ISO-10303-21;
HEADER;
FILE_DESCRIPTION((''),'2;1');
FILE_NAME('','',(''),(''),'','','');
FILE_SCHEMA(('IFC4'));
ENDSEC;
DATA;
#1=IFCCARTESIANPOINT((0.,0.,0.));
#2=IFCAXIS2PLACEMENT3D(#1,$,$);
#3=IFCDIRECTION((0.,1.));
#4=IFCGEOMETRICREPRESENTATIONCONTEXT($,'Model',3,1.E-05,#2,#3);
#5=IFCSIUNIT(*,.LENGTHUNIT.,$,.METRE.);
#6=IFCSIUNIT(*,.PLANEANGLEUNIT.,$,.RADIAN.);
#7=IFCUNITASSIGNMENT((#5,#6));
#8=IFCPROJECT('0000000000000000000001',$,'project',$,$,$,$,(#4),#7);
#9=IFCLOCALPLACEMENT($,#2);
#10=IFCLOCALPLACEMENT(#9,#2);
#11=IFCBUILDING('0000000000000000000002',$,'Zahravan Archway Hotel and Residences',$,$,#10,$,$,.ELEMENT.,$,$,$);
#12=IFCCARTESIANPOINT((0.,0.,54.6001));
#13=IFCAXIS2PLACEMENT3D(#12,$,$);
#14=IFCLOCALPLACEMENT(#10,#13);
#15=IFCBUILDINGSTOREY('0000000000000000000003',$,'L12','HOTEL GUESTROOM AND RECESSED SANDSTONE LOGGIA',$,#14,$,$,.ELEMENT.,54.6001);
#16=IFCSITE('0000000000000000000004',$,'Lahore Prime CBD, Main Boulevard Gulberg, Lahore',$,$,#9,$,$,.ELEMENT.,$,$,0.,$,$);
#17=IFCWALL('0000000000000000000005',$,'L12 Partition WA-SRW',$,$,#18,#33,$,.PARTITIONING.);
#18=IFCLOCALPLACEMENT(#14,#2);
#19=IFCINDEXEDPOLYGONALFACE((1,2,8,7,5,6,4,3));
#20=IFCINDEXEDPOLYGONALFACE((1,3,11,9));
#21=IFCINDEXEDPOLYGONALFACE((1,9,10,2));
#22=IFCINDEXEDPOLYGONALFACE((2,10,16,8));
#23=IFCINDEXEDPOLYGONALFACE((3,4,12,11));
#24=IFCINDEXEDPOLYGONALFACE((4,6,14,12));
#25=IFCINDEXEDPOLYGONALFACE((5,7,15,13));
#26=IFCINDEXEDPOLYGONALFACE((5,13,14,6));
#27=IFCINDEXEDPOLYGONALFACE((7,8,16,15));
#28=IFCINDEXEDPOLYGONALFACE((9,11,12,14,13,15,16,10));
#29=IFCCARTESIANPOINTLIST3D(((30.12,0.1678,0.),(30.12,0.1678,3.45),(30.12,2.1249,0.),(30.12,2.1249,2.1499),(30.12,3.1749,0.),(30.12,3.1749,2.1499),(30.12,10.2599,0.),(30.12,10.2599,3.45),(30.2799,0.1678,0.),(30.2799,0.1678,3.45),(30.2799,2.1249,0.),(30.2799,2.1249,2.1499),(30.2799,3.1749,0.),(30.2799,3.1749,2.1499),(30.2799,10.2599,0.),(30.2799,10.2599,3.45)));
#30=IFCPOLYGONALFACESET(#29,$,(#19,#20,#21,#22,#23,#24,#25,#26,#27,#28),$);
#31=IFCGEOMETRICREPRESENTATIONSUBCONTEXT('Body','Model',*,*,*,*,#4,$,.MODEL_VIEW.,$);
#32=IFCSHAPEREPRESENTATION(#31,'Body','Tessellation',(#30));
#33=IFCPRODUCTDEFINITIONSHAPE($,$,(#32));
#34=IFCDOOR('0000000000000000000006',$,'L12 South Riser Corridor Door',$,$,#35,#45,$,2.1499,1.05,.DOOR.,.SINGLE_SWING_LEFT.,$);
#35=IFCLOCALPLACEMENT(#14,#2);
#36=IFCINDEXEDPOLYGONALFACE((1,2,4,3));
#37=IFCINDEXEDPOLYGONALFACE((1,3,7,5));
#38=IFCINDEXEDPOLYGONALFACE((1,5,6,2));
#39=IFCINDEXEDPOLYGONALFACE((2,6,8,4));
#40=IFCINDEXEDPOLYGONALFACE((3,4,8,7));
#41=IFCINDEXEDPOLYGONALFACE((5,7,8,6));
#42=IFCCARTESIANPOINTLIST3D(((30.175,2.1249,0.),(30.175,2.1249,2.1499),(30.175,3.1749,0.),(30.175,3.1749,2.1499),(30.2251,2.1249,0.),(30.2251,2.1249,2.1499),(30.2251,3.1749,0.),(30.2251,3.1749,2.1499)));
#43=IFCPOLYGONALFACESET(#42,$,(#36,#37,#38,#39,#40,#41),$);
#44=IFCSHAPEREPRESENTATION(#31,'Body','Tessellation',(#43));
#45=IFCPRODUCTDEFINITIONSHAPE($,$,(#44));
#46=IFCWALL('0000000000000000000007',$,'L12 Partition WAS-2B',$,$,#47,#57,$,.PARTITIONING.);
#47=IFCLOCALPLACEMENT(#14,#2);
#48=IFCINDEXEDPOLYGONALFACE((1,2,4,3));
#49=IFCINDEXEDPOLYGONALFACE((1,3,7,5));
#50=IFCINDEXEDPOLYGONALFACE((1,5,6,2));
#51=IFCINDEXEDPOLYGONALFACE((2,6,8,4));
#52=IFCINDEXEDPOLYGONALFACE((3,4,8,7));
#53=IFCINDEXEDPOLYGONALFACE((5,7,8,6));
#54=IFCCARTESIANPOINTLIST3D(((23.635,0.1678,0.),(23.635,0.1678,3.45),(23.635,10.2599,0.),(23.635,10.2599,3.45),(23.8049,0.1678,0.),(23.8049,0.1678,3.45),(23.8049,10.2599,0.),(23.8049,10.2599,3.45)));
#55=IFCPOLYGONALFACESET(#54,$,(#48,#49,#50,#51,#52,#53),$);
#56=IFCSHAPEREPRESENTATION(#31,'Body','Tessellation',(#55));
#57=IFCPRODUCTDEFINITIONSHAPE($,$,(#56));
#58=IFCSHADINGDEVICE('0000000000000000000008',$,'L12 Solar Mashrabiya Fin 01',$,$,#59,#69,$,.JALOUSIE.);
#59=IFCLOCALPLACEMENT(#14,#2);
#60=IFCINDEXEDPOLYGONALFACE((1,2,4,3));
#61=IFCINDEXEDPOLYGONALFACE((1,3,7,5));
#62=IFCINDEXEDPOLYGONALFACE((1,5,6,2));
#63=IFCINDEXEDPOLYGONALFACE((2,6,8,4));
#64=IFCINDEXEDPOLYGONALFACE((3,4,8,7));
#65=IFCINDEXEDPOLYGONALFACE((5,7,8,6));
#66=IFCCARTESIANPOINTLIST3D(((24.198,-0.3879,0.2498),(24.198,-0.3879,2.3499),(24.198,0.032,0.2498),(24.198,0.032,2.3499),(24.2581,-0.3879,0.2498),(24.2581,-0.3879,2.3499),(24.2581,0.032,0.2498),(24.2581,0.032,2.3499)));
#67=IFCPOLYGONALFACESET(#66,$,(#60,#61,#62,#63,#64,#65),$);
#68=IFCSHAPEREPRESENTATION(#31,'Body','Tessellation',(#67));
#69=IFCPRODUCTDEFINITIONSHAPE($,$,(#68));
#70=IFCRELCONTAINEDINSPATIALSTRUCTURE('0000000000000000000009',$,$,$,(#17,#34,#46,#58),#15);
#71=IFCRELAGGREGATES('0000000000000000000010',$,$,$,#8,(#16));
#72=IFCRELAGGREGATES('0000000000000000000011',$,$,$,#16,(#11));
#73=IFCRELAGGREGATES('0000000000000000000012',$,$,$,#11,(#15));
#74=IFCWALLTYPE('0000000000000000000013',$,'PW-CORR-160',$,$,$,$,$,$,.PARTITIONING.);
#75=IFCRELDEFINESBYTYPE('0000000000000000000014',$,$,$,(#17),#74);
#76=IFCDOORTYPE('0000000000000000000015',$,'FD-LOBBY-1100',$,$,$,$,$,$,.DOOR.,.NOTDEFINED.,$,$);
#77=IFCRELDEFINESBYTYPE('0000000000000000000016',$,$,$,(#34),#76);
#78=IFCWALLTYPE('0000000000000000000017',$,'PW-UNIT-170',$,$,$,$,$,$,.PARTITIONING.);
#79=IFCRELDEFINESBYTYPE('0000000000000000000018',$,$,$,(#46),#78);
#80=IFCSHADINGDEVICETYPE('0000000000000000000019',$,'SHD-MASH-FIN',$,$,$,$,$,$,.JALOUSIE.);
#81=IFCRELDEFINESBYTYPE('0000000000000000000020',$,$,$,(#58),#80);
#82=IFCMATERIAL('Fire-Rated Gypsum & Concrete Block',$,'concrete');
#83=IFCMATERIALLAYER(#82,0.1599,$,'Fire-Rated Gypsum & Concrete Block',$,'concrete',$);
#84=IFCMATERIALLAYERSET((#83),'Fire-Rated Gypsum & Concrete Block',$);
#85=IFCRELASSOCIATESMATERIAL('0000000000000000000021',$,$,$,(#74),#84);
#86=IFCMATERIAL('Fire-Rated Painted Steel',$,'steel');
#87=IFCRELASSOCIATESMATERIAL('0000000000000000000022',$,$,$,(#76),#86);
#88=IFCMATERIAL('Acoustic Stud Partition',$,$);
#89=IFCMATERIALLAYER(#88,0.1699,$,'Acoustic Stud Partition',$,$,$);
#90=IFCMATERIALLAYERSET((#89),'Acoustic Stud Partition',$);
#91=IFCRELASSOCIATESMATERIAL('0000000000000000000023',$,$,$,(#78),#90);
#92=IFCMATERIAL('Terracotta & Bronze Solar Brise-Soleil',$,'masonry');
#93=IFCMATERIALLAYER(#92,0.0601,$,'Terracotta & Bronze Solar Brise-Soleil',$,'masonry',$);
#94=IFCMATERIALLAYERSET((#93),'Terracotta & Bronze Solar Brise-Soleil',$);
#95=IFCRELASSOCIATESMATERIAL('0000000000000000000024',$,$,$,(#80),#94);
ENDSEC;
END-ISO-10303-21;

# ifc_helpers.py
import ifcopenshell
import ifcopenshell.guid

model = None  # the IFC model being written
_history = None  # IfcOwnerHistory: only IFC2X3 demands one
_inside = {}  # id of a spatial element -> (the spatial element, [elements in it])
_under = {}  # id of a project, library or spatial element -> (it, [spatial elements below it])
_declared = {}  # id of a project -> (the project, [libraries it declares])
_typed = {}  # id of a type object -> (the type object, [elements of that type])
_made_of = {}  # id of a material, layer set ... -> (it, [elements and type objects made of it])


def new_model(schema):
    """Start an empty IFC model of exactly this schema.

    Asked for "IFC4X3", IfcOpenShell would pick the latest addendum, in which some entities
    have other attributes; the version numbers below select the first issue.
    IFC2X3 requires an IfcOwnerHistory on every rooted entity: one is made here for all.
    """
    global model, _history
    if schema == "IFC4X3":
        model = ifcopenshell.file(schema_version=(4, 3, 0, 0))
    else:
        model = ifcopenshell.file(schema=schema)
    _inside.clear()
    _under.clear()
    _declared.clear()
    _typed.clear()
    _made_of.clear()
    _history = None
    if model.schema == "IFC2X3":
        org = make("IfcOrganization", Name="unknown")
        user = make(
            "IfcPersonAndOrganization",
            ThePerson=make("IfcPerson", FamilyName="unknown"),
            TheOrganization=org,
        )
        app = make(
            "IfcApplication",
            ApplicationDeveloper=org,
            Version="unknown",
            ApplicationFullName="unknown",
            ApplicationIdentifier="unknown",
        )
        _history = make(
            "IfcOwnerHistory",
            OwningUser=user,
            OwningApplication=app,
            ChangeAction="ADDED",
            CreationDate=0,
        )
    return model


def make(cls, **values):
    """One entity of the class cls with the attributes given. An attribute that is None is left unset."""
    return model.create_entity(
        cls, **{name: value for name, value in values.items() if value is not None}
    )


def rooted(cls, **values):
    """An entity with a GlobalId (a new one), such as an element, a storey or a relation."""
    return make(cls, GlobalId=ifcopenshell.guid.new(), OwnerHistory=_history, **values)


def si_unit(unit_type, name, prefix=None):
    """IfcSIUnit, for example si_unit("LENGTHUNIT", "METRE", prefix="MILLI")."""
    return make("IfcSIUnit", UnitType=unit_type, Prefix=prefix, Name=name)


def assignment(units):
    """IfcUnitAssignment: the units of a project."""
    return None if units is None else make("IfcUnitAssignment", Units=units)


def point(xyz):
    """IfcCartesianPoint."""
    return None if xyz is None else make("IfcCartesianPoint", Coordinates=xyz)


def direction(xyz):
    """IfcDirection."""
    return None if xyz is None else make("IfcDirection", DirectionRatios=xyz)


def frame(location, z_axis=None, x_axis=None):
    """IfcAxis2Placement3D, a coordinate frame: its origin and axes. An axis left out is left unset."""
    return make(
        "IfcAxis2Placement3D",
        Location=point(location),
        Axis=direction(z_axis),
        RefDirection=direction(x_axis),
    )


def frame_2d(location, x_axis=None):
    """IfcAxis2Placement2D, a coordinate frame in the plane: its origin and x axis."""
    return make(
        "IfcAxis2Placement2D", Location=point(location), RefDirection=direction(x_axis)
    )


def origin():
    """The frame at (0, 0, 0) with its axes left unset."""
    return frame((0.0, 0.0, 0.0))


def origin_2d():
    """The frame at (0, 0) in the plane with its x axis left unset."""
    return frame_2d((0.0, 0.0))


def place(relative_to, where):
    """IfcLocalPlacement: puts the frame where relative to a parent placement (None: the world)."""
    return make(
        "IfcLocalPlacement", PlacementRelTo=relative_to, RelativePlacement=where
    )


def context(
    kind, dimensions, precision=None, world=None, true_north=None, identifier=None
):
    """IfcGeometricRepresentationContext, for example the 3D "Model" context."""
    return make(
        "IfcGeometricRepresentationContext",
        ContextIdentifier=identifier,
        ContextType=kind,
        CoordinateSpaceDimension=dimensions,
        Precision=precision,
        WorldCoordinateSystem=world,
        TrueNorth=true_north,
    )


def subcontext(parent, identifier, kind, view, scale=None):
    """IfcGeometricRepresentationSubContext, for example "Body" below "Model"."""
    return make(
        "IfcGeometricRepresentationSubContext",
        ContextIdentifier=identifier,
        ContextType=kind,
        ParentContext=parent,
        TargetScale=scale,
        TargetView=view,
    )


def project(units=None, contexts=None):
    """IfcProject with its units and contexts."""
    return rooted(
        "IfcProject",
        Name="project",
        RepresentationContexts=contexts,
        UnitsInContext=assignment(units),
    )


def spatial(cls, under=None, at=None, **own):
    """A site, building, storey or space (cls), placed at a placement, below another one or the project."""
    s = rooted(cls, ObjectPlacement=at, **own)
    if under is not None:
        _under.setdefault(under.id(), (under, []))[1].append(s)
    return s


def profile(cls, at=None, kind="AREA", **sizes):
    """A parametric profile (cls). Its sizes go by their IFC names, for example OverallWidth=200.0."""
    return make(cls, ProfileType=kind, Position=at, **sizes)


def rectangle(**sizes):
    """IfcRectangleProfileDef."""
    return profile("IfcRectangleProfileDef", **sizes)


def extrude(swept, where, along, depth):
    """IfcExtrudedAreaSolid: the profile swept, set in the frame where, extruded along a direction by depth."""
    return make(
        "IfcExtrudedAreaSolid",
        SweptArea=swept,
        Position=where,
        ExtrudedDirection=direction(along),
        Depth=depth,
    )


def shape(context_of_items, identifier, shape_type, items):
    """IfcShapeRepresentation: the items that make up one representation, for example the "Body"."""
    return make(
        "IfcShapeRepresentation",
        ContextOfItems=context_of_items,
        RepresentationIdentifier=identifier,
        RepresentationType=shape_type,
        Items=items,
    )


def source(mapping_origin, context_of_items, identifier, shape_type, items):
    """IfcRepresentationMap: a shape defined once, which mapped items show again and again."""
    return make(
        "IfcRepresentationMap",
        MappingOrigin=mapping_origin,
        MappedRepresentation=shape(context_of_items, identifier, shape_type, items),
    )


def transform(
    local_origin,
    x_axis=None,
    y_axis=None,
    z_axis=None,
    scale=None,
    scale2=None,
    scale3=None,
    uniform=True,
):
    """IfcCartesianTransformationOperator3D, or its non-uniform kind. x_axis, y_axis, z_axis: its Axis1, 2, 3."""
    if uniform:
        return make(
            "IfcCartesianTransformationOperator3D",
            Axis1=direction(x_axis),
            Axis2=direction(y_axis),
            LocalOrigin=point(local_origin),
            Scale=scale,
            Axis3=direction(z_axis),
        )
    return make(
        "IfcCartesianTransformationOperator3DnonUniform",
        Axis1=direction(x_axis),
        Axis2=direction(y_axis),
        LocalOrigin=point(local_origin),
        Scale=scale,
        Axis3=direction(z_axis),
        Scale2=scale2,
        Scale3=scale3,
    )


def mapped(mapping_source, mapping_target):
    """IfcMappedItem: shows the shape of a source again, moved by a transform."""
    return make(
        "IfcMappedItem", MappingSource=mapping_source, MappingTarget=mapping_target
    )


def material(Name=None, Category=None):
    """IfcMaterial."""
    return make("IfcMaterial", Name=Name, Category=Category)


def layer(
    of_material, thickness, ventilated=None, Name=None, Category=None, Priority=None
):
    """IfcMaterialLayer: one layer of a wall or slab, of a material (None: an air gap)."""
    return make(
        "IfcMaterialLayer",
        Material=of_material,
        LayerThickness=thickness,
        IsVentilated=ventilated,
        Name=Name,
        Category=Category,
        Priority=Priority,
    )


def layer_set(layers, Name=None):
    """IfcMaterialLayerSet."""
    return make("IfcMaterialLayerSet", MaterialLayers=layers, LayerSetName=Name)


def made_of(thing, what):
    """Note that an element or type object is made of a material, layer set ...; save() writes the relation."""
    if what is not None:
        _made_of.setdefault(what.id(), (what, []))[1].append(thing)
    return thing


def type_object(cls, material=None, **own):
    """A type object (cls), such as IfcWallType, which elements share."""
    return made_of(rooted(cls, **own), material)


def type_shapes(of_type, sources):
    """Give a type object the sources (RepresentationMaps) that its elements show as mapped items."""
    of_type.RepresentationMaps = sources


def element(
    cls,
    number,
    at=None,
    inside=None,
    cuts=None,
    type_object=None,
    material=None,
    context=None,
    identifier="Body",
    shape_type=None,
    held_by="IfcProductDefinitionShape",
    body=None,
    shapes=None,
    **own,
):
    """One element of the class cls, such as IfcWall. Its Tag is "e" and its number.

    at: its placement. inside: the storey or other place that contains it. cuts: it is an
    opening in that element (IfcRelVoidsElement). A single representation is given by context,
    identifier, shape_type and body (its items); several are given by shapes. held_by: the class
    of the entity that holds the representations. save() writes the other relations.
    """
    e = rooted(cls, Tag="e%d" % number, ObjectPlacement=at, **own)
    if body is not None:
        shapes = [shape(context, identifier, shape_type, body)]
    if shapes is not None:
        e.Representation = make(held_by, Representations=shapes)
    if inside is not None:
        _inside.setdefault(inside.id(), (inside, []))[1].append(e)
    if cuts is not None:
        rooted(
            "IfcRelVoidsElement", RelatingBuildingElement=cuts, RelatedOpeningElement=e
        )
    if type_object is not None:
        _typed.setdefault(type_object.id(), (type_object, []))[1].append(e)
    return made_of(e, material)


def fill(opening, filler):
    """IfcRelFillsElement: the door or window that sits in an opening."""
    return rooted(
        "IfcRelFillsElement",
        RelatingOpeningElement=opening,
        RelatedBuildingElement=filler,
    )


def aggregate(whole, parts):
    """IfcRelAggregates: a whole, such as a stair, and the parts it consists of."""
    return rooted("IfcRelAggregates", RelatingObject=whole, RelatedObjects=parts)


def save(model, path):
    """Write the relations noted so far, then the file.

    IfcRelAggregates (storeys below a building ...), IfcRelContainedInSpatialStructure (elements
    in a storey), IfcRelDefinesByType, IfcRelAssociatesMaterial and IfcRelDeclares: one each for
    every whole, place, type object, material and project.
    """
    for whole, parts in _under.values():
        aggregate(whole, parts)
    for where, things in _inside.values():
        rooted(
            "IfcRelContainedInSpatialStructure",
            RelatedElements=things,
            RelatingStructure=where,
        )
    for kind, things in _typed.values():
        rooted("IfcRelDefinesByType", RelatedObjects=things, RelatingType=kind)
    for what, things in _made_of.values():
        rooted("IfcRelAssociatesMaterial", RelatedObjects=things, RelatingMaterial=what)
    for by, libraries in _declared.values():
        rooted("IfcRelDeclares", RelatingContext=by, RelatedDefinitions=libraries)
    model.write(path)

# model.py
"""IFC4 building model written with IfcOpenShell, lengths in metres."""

from ifc_helpers import new_model, si_unit, direction, frame, frame_2d, origin, origin_2d, place, context, subcontext, project, spatial, rectangle, extrude, source, transform, mapped, material, layer, layer_set, type_object, type_shapes, element, fill, save


model = new_model("IFC4")

# Units and contexts
model_context = context("Model", 3, precision=1e-05, world=origin(), true_north=direction((0.0, 1.0)))
body_context = subcontext(model_context, "Body", "Model", "MODEL_VIEW")
ifc_project = project(units=[si_unit("LENGTHUNIT", "METRE"), si_unit("PLANEANGLEUNIT", "RADIAN")], contexts=[model_context])

# Site, building, storey
site_placement = place(None, origin())
site = spatial("IfcSite", under=ifc_project, at=site_placement, Name="Lahore Prime CBD, Main Boulevard Gulberg, Lahore", CompositionType="ELEMENT", RefElevation=0.0)
building_placement = place(site_placement, origin())
building = spatial("IfcBuilding", under=site, at=building_placement, Name="Zahravan Archway Hotel and Residences", CompositionType="ELEMENT")
storey_placement = place(building_placement, frame((0.0, 0.0, 54.6001)))
storey = spatial("IfcBuildingStorey", under=building, at=storey_placement, Name="L12", Description="HOTEL GUESTROOM AND RECESSED SANDSTONE LOGGIA", CompositionType="ELEMENT", Elevation=54.6001)

# Wall, opening, door
ifc_material_1 = material(Name="Fire-Rated Gypsum & Concrete Block", Category="concrete")
ifc_layer_1 = layer(ifc_material_1, 0.1599, Name="Fire-Rated Gypsum & Concrete Block", Category="concrete")
ifc_layer_set_1 = layer_set([ifc_layer_1], Name="Fire-Rated Gypsum & Concrete Block")
wall_type_1 = type_object("IfcWallType", Name="PW-CORR-160", PredefinedType="PARTITIONING", material=ifc_layer_set_1)
wall_1_placement = place(storey_placement, frame((30.2, 0.168, 0.0), z_axis=(0.0, 0.0, 1.0), x_axis=(0.0, 1.0, 0.0)))
wall_1 = element("IfcWall", 1, at=wall_1_placement, inside=storey, type_object=wall_type_1, Name="L12 Partition WA-SRW", PredefinedType="PARTITIONING", context=body_context, shape_type="SweptSolid", body=[
    extrude(rectangle(XDim=10.092, YDim=0.1599, at=frame_2d((5.0459, 0.0))), origin(), (0.0, 0.0, 1.0), 3.45),
])
opening_placement = place(wall_1_placement, frame((1.957, 0.0, 0.0)))
opening = element("IfcOpeningElement", 2, at=opening_placement, cuts=wall_1, PredefinedType="OPENING", context=body_context, shape_type="SweptSolid", body=[
    extrude(rectangle(XDim=1.05, YDim=2.1499, at=frame_2d((0.5249, 1.075))), frame((0.0, 0.0898, 0.0), z_axis=(0.0, -1.0, 0.0), x_axis=(1.0, 0.0, 0.0)), (0.0, 0.0, 1.0), 0.1799),
])
ifc_material_2 = material(Name="Fire-Rated Painted Steel", Category="steel")
door_type = type_object("IfcDoorType", Name="FD-LOBBY-1100", OperationType="NOTDEFINED", PredefinedType="DOOR", material=ifc_material_2)
shared_shape_1 = source(origin(), body_context, "Body", "SweptSolid", [
    extrude(rectangle(XDim=1.05, YDim=2.1499, at=frame_2d((0.5249, 1.075))), frame((0.0, 0.0249, 0.0), z_axis=(0.0, -1.0, 0.0), x_axis=(1.0, 0.0, 0.0)), (0.0, 0.0, 1.0), 0.05),
])
type_shapes(door_type, [shared_shape_1])
door_placement = place(opening_placement, origin())
door = element("IfcDoor", 3, at=door_placement, inside=storey, type_object=door_type, Name="L12 South Riser Corridor Door", OperationType="SINGLE_SWING_LEFT", OverallHeight=2.1499, OverallWidth=1.05, PredefinedType="DOOR", context=body_context, shape_type="MappedRepresentation", body=[
    mapped(shared_shape_1, transform((0.0, 0.0, 0.0), scale=1.0)),
])
fill(opening, door)

# Wall
ifc_material_3 = material(Name="Acoustic Stud Partition")
ifc_layer_2 = layer(ifc_material_3, 0.1699, Name="Acoustic Stud Partition")
ifc_layer_set_2 = layer_set([ifc_layer_2], Name="Acoustic Stud Partition")
wall_type_2 = type_object("IfcWallType", Name="PW-UNIT-170", PredefinedType="PARTITIONING", material=ifc_layer_set_2)
wall_2_placement = place(storey_placement, frame((23.72, 0.168, 0.0), z_axis=(0.0, 0.0, 1.0), x_axis=(0.0, 1.0, 0.0)))
element("IfcWall", 4, at=wall_2_placement, inside=storey, type_object=wall_type_2, Name="L12 Partition WAS-2B", PredefinedType="PARTITIONING", context=body_context, shape_type="SweptSolid", body=[
    extrude(rectangle(XDim=10.092, YDim=0.1699, at=frame_2d((5.0459, 0.0))), origin(), (0.0, 0.0, 1.0), 3.45),
])

# Shading device
ifc_material_4 = material(Name="Terracotta & Bronze Solar Brise-Soleil", Category="masonry")
ifc_layer_3 = layer(ifc_material_4, 0.0601, Name="Terracotta & Bronze Solar Brise-Soleil", Category="masonry")
ifc_layer_set_3 = layer_set([ifc_layer_3], Name="Terracotta & Bronze Solar Brise-Soleil")
shading_device_type = type_object("IfcShadingDeviceType", Name="SHD-MASH-FIN", PredefinedType="JALOUSIE", material=ifc_layer_set_3)
shared_shape_2 = source(origin(), body_context, "Body", "SweptSolid", [
    extrude(rectangle(XDim=0.0601, YDim=0.4199, at=origin_2d()), origin(), (0.0, 0.0, 1.0), 2.1001),
])
type_shapes(shading_device_type, [shared_shape_2])
shading_device_placement = place(storey_placement, frame((24.228, -0.178, 0.2498), z_axis=(0.0, 0.0, 1.0), x_axis=(1.0, 0.0, 0.0)))
element("IfcShadingDevice", 5, at=shading_device_placement, inside=storey, type_object=shading_device_type, Name="L12 Solar Mashrabiya Fin 01", PredefinedType="JALOUSIE", context=body_context, shape_type="MappedRepresentation", body=[
    mapped(shared_shape_2, transform((0.0, 0.0, 0.0), scale=1.0)),
])

save(model, "model.ifc")
